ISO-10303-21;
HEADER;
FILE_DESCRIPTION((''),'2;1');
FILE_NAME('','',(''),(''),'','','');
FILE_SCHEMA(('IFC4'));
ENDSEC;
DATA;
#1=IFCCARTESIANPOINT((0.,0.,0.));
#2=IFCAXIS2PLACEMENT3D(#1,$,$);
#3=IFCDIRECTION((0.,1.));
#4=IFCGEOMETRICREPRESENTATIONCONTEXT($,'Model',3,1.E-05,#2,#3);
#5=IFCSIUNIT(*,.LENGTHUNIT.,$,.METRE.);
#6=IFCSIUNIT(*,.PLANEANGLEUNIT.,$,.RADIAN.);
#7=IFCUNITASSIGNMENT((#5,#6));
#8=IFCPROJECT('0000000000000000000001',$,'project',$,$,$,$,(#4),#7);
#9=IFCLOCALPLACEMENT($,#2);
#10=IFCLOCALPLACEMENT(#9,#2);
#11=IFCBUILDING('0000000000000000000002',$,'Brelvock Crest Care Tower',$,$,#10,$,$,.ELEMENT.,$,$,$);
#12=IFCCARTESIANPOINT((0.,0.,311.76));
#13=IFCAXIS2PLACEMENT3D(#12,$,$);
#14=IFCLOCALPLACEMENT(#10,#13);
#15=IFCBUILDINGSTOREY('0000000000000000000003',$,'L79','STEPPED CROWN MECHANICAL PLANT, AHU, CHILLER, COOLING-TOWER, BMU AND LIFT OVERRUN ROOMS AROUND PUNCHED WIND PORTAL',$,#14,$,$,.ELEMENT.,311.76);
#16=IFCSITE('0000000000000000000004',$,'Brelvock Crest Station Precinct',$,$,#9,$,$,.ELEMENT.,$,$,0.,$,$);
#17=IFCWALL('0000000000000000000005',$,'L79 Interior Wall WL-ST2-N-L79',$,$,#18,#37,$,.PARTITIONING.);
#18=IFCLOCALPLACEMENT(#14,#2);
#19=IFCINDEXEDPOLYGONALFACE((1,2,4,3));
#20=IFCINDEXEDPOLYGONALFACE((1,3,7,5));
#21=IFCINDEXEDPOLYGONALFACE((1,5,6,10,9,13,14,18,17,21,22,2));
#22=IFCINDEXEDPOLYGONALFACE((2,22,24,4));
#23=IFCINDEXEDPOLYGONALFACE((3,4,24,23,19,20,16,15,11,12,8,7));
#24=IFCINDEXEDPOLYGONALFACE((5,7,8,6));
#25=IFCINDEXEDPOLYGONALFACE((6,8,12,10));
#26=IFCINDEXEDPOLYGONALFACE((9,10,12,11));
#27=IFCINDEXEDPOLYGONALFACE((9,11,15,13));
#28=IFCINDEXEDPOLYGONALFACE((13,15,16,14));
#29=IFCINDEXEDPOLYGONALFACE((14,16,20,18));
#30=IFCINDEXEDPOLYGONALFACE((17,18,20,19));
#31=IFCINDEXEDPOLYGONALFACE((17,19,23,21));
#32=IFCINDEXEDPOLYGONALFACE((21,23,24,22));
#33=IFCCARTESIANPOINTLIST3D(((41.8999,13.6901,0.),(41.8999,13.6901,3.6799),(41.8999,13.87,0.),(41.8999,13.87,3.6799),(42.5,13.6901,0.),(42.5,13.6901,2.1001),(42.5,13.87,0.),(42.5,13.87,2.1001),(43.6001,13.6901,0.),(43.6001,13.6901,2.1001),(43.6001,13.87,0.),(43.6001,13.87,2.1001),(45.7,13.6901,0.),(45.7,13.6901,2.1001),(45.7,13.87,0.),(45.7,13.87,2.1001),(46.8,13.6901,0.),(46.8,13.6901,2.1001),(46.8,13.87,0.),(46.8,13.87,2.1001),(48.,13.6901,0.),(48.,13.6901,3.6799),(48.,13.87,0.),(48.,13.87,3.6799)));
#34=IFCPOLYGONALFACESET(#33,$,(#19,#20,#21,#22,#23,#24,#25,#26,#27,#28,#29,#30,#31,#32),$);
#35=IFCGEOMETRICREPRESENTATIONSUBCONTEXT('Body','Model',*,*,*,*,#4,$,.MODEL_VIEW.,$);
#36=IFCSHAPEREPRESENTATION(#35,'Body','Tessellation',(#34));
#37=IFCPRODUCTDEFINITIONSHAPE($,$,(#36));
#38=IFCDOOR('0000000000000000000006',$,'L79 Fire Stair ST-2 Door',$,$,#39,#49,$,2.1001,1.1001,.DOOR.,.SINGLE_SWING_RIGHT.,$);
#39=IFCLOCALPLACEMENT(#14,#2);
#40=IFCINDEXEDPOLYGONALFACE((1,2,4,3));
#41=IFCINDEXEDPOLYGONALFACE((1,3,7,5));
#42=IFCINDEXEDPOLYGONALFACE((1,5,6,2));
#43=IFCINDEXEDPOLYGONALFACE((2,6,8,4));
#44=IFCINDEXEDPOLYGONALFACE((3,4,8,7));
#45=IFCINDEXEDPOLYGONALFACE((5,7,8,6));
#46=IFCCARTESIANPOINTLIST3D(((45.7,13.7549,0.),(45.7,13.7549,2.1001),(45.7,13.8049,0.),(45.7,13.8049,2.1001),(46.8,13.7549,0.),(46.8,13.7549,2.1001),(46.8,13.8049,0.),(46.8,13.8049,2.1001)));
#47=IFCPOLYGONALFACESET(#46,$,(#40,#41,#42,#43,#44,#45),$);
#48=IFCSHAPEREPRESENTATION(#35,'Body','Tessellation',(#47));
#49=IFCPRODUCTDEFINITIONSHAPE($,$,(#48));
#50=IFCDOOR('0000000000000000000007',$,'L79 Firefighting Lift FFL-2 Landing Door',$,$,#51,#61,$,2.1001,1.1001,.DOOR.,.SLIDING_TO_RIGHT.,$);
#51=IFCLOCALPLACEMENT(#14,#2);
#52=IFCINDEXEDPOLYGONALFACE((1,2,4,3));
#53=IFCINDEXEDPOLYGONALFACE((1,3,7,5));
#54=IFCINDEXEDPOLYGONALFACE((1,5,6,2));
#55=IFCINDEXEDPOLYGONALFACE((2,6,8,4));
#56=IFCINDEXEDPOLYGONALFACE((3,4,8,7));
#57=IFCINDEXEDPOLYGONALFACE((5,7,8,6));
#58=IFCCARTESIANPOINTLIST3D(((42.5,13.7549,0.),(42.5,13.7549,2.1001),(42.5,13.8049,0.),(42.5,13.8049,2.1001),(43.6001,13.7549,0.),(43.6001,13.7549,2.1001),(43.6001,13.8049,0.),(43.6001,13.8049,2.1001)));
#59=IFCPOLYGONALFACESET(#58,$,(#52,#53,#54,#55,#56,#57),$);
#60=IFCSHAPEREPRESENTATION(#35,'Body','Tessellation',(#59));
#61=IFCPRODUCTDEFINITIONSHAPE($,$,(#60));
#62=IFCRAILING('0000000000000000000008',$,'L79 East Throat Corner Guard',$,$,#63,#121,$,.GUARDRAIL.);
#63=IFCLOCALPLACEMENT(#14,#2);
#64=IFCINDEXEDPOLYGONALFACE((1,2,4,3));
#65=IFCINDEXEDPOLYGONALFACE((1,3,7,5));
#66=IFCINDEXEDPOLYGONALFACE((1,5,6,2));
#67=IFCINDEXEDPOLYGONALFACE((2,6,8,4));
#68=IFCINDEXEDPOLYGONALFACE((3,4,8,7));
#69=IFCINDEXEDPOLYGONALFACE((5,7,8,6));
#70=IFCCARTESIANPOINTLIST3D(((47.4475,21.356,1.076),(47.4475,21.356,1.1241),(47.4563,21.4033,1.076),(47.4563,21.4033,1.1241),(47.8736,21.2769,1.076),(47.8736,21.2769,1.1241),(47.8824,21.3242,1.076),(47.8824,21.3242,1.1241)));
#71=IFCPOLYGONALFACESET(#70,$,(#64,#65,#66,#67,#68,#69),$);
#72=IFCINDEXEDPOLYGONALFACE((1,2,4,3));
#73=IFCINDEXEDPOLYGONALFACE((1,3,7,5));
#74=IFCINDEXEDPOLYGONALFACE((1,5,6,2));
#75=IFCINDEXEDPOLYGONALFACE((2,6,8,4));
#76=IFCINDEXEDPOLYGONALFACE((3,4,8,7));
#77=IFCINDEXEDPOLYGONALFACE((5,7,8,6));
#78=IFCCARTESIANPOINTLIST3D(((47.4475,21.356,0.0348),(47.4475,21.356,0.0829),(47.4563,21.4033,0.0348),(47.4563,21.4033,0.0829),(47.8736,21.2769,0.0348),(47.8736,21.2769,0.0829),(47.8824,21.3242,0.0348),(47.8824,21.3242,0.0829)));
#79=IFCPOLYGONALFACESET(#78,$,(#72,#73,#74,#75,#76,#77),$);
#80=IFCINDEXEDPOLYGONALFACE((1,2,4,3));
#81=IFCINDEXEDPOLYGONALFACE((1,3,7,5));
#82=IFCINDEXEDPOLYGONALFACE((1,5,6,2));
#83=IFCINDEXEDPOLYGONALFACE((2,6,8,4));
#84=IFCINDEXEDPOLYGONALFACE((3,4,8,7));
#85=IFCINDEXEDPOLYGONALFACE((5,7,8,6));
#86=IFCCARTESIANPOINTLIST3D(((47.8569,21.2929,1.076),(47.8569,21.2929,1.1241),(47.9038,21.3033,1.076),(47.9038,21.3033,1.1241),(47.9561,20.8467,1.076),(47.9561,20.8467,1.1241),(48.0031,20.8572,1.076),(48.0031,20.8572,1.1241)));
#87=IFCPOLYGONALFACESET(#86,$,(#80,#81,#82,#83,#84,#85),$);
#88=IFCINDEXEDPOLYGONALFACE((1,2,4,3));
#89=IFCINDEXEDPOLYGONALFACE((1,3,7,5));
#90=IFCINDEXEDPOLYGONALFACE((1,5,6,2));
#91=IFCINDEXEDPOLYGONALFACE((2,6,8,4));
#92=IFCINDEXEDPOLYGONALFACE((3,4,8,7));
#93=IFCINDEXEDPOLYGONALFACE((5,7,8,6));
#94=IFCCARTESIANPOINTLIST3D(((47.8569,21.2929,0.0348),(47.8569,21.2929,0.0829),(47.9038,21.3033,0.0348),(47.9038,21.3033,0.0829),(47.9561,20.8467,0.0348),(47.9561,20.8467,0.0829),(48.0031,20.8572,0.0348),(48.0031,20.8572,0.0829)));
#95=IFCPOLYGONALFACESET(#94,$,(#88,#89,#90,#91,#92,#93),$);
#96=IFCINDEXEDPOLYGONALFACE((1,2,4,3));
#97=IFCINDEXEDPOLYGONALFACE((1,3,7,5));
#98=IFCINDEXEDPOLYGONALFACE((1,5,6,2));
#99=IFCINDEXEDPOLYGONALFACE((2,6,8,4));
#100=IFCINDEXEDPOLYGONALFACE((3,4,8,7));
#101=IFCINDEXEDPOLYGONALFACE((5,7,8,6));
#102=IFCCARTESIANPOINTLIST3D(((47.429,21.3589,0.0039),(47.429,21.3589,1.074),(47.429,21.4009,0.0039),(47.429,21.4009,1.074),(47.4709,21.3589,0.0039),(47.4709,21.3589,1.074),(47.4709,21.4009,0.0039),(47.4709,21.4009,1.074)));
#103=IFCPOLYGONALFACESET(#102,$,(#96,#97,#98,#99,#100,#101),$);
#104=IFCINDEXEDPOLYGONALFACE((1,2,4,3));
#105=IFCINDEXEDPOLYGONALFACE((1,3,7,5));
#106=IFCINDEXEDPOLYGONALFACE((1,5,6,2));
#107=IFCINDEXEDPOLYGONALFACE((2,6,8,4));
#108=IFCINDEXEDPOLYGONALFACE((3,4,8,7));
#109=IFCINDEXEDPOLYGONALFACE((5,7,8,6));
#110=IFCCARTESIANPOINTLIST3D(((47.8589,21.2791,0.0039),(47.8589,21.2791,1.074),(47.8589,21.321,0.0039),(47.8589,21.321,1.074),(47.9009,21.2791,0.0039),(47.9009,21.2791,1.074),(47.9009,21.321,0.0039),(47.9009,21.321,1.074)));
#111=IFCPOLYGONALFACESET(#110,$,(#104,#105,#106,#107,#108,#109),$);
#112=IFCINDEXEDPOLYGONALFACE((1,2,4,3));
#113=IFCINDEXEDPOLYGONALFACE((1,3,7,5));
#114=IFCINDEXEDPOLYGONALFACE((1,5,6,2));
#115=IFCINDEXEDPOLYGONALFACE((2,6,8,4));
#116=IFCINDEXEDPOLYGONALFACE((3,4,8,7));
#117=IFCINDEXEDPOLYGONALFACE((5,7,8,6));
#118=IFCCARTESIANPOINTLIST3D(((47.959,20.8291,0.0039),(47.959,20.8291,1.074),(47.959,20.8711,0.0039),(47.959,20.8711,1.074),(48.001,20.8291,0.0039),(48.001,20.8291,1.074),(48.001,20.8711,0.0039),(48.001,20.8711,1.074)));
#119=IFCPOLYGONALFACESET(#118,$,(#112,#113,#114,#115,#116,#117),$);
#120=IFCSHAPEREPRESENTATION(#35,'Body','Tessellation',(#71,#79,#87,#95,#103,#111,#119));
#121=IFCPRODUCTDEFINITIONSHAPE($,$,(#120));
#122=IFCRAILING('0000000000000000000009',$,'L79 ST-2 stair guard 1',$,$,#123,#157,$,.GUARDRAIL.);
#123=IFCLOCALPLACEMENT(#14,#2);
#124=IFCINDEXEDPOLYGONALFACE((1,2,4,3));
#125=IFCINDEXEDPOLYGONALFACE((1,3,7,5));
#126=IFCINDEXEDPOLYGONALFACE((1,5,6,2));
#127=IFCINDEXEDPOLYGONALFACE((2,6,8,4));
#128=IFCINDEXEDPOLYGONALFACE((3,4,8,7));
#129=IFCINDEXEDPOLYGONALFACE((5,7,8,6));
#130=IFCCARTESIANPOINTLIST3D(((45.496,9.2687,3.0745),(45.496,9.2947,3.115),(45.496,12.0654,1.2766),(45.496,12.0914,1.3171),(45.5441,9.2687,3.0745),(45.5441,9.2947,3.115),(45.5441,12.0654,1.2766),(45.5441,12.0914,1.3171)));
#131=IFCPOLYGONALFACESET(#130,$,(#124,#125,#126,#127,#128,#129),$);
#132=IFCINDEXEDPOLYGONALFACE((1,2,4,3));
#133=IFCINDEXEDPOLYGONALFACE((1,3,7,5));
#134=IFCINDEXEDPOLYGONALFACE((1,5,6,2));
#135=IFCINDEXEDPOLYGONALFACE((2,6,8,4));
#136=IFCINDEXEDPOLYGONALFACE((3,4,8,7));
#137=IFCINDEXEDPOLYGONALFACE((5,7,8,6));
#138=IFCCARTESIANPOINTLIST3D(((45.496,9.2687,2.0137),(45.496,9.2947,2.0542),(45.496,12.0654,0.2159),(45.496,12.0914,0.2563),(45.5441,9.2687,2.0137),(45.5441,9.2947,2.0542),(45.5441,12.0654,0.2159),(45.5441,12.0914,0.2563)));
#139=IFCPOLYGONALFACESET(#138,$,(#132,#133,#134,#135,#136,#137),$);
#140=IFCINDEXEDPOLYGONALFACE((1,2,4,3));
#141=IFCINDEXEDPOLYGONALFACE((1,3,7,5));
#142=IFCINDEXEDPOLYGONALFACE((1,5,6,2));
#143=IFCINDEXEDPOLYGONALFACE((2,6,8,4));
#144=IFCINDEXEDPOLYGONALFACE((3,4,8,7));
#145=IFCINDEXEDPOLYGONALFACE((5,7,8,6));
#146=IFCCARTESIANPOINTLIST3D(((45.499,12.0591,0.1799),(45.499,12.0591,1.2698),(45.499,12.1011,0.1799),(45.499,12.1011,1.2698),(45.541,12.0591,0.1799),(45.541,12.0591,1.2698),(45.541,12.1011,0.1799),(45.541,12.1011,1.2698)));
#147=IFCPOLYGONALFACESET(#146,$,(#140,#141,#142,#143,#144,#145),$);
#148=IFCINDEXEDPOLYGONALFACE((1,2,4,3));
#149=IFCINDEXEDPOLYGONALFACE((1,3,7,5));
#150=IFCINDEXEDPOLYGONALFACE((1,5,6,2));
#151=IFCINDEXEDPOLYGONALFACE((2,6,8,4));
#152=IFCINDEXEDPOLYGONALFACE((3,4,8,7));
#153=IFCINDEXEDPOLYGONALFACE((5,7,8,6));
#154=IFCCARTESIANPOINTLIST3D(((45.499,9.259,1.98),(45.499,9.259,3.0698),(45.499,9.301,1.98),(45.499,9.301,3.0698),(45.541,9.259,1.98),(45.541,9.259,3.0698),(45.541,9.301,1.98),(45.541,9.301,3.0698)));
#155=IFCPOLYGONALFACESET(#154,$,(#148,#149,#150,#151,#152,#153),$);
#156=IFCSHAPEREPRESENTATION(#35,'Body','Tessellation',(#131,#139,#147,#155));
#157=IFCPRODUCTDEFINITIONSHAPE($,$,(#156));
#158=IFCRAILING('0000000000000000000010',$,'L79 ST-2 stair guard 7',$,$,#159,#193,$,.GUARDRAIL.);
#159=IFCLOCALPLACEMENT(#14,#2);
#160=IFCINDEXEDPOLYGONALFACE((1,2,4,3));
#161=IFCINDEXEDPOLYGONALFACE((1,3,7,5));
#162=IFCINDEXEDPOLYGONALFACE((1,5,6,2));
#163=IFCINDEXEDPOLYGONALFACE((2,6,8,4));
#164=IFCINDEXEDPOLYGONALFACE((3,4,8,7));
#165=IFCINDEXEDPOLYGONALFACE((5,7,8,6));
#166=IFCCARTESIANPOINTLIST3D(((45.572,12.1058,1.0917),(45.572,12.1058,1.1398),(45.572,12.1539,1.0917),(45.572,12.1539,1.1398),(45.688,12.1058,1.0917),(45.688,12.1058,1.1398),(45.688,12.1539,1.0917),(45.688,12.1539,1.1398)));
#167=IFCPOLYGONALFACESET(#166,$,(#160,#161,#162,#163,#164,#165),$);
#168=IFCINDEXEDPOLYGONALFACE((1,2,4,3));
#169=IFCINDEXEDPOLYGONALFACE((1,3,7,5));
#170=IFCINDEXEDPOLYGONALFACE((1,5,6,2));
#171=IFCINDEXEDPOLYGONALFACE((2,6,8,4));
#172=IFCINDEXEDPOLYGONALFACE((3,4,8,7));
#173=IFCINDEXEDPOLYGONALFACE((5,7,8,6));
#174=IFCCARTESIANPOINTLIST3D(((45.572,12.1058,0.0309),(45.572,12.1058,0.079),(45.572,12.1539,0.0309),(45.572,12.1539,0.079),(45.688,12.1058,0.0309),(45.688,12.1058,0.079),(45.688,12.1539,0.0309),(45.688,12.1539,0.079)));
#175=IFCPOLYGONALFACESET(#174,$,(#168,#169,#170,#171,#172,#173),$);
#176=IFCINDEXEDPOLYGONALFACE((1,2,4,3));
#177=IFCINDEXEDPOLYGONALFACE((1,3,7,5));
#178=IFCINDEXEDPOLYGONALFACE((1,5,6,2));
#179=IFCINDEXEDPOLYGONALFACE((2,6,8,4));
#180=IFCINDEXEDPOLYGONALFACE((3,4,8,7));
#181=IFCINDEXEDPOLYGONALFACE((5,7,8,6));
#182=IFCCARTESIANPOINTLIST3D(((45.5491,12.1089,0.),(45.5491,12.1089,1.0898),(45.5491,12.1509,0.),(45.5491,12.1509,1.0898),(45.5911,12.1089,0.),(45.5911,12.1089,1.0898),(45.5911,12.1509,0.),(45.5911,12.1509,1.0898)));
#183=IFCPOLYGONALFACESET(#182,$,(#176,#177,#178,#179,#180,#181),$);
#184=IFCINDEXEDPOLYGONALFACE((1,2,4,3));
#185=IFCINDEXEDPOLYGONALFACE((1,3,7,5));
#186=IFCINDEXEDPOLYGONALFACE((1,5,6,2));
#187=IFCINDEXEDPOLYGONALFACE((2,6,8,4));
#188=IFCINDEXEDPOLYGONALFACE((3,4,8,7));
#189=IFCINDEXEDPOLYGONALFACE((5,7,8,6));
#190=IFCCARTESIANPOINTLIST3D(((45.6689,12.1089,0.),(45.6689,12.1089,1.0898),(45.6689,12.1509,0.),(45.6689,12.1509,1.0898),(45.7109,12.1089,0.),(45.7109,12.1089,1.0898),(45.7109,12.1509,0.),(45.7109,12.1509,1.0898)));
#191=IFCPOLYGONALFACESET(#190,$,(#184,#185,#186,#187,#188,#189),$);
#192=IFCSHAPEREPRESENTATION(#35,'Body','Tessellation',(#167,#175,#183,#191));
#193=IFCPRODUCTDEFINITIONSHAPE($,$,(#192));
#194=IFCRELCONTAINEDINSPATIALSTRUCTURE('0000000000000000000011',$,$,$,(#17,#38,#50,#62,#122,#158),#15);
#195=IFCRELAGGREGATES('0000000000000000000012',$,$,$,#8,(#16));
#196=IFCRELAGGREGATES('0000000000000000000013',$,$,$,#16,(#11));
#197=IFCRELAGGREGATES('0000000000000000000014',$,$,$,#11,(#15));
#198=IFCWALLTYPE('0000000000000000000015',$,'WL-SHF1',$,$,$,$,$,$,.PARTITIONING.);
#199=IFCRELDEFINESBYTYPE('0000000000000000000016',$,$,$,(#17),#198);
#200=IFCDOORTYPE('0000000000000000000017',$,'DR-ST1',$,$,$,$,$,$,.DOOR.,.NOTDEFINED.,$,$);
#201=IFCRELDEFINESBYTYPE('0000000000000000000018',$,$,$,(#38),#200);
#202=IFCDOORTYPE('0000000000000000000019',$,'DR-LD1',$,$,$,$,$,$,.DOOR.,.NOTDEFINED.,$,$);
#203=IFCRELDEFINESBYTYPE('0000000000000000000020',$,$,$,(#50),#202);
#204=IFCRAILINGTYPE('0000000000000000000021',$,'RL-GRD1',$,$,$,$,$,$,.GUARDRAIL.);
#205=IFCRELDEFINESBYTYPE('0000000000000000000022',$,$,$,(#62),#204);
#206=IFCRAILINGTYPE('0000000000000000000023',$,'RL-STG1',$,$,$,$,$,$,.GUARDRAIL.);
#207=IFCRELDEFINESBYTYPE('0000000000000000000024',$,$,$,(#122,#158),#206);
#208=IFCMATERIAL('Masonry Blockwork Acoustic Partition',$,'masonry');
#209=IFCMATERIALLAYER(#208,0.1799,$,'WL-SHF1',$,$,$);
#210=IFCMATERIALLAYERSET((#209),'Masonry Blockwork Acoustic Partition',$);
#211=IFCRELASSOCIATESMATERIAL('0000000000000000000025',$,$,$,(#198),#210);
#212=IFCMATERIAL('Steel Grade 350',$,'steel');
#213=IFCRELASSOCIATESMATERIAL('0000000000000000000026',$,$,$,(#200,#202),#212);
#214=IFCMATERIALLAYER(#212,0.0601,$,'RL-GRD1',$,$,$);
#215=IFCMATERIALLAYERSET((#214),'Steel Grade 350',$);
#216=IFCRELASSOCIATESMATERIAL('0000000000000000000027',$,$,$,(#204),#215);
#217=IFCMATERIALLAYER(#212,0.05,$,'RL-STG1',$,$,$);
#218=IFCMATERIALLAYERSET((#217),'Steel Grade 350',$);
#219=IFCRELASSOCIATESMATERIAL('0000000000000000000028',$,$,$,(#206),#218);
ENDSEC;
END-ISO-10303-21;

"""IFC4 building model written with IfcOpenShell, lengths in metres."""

from ifc_helpers import new_model, si_unit, direction, frame, frame_2d, origin, origin_2d, place, context, subcontext, project, spatial, rectangle, extrude, source, transform, mapped, material, layer, layer_set, type_object, element, fill, save


model = new_model("IFC4")

# Units and contexts
model_context = context("Model", 3, precision=1e-05, world=origin(), true_north=direction((0.0, 1.0)))
body_context = subcontext(model_context, "Body", "Model", "MODEL_VIEW")
ifc_project = project(units=[si_unit("LENGTHUNIT", "METRE"), si_unit("PLANEANGLEUNIT", "RADIAN")], contexts=[model_context])

# Site, building, storey
site_placement = place(None, origin())
site = spatial("IfcSite", under=ifc_project, at=site_placement, Name="Brelvock Crest Station Precinct", CompositionType="ELEMENT", RefElevation=0.0)
building_placement = place(site_placement, origin())
building = spatial("IfcBuilding", under=site, at=building_placement, Name="Brelvock Crest Care Tower", CompositionType="ELEMENT")
storey_placement = place(building_placement, frame((0.0, 0.0, 311.76)))
storey = spatial("IfcBuildingStorey", under=building, at=storey_placement, Name="L79", Description="STEPPED CROWN MECHANICAL PLANT, AHU, CHILLER, COOLING-TOWER, BMU AND LIFT OVERRUN ROOMS AROUND PUNCHED WIND PORTAL", CompositionType="ELEMENT", Elevation=311.76)

# Shared definitions
ifc_material_1 = material(Name="Steel Grade 350", Category="steel")

# Shared definitions
ifc_material_2 = material(Name="Masonry Blockwork Acoustic Partition", Category="masonry")

# Wall, openings, doors
ifc_layer_1 = layer(ifc_material_2, 0.1799, Name="WL-SHF1")
ifc_layer_set_1 = layer_set([ifc_layer_1], Name="Masonry Blockwork Acoustic Partition")
wall_type_1 = type_object("IfcWallType", Name="WL-SHF1", PredefinedType="PARTITIONING", material=ifc_layer_set_1)
wall_1_placement = place(storey_placement, frame((41.8999, 13.78, 0.0), z_axis=(0.0, 0.0, 1.0), x_axis=(1.0, 0.0, 0.0)))
wall_1 = element("IfcWall", 1, at=wall_1_placement, inside=storey, type_object=wall_type_1, Name="L79 Interior Wall WL-ST2-N-L79", PredefinedType="PARTITIONING", context=body_context, shape_type="SweptSolid", body=[
    extrude(rectangle(XDim=6.1001, YDim=0.1799, at=frame_2d((3.05, 0.0))), origin(), (0.0, 0.0, 1.0), 3.6799),
])
opening_1_placement = place(wall_1_placement, frame((0.6001, 0.0, 0.0)))
opening_1 = element("IfcOpeningElement", 2, at=opening_1_placement, cuts=wall_1, PredefinedType="OPENING", context=body_context, shape_type="SweptSolid", body=[
    extrude(rectangle(XDim=1.1001, YDim=2.1001, at=origin_2d()), frame((0.55, 0.1001, 1.05), z_axis=(0.0, -1.0, 0.0), x_axis=(1.0, 0.0, 0.0)), (0.0, 0.0, 1.0), 0.2),
])
opening_2_placement = place(wall_1_placement, frame((3.8, 0.0, 0.0)))
opening_2 = element("IfcOpeningElement", 3, at=opening_2_placement, cuts=wall_1, PredefinedType="OPENING", context=body_context, shape_type="SweptSolid", body=[
    extrude(rectangle(XDim=1.1001, YDim=2.1001, at=origin_2d()), frame((0.55, 0.1001, 1.05), z_axis=(0.0, -1.0, 0.0), x_axis=(1.0, 0.0, 0.0)), (0.0, 0.0, 1.0), 0.2),
])
door_type_1 = type_object("IfcDoorType", Name="DR-ST1", OperationType="NOTDEFINED", PredefinedType="DOOR", material=ifc_material_1)
shared_shape_1 = source(origin(), body_context, "Body", "SweptSolid", [
    extrude(rectangle(XDim=1.1001, YDim=2.1001, at=origin_2d()), frame((0.55, 0.0249, 1.05), z_axis=(0.0, -1.0, 0.0), x_axis=(1.0, 0.0, 0.0)), (0.0, 0.0, 1.0), 0.05),
])
door_1_placement = place(opening_2_placement, origin())
door_1 = element("IfcDoor", 4, at=door_1_placement, inside=storey, type_object=door_type_1, Name="L79 Fire Stair ST-2 Door", OperationType="SINGLE_SWING_RIGHT", OverallHeight=2.1001, OverallWidth=1.1001, PredefinedType="DOOR", context=body_context, shape_type="MappedRepresentation", body=[
    mapped(shared_shape_1, transform((0.0, 0.0, 0.0), x_axis=(1.0, 0.0, 0.0), y_axis=(0.0, 1.0, 0.0), z_axis=(0.0, 0.0, 1.0), scale=1.0)),
])
fill(opening_2, door_1)
door_type_2 = type_object("IfcDoorType", Name="DR-LD1", OperationType="NOTDEFINED", PredefinedType="DOOR", material=ifc_material_1)
shared_shape_2 = source(origin(), body_context, "Body", "SweptSolid", [
    extrude(rectangle(XDim=1.1001, YDim=2.1001, at=origin_2d()), frame((0.55, 0.0249, 1.05), z_axis=(0.0, -1.0, 0.0), x_axis=(1.0, 0.0, 0.0)), (0.0, 0.0, 1.0), 0.05),
])
door_2_placement = place(opening_1_placement, origin())
door_2 = element("IfcDoor", 5, at=door_2_placement, inside=storey, type_object=door_type_2, Name="L79 Firefighting Lift FFL-2 Landing Door", OperationType="SLIDING_TO_RIGHT", OverallHeight=2.1001, OverallWidth=1.1001, PredefinedType="DOOR", context=body_context, shape_type="MappedRepresentation", body=[
    mapped(shared_shape_2, transform((0.0, 0.0, 0.0), x_axis=(1.0, 0.0, 0.0), y_axis=(0.0, 1.0, 0.0), z_axis=(0.0, 0.0, 1.0), scale=1.0)),
])
fill(opening_1, door_2)

# Railings
ifc_layer_2 = layer(ifc_material_1, 0.0601, Name="RL-GRD1")
ifc_layer_set_2 = layer_set([ifc_layer_2], Name="Steel Grade 350")
railing_type_1 = type_object("IfcRailingType", Name="RL-GRD1", PredefinedType="GUARDRAIL", material=ifc_layer_set_2)
railing_1_placement = place(storey_placement, frame((47.45, 21.3799, 0.0039)))
element("IfcRailing", 6, at=railing_1_placement, inside=storey, type_object=railing_type_1, Name="L79 East Throat Corner Guard", PredefinedType="GUARDRAIL", context=body_context, shape_type="SweptSolid", body=[
    extrude(rectangle(XDim=0.0481, YDim=0.0481, at=origin_2d()), frame((0.002, -0.0002, 1.0962), z_axis=(0.983193, -0.182569, 0.0), x_axis=(0.182569, 0.983193, 0.0)), (0.0, 0.0, 1.0), 0.4333),
    extrude(rectangle(XDim=0.0481, YDim=0.0481, at=origin_2d()), frame((0.002, -0.0002, 0.0549), z_axis=(0.983193, -0.182569, 0.0), x_axis=(0.182569, 0.983193, 0.0)), (0.0, 0.0, 1.0), 0.4333),
    extrude(rectangle(XDim=0.0481, YDim=0.0481, at=origin_2d()), frame((0.4304, -0.0818, 1.0962), z_axis=(0.217155, -0.976137, 0.0), x_axis=(0.976137, 0.217155, 0.0)), (0.0, 0.0, 1.0), 0.457),
    extrude(rectangle(XDim=0.0481, YDim=0.0481, at=origin_2d()), frame((0.4304, -0.0818, 0.0549), z_axis=(0.217155, -0.976137, 0.0), x_axis=(0.976137, 0.217155, 0.0)), (0.0, 0.0, 1.0), 0.457),
    extrude(rectangle(XDim=0.042, YDim=0.042, at=origin_2d()), origin(), (0.0, 0.0, 1.0), 1.0701),
    extrude(rectangle(XDim=0.042, YDim=0.042, at=origin_2d()), frame((0.4299, -0.0798, 0.0)), (0.0, 0.0, 1.0), 1.0701),
    extrude(rectangle(XDim=0.042, YDim=0.042, at=origin_2d()), frame((0.53, -0.5298, 0.0)), (0.0, 0.0, 1.0), 1.0701),
])
ifc_layer_3 = layer(ifc_material_1, 0.05, Name="RL-STG1")
ifc_layer_set_3 = layer_set([ifc_layer_3], Name="Steel Grade 350")
railing_type_2 = type_object("IfcRailingType", Name="RL-STG1", PredefinedType="GUARDRAIL", material=ifc_layer_set_3)
railing_2_placement = place(storey_placement, frame((45.52, 12.0801, 0.1799)))
element("IfcRailing", 7, at=railing_2_placement, inside=storey, type_object=railing_type_2, Name="L79 ST-2 stair guard 1", PredefinedType="GUARDRAIL", context=body_context, shape_type="SweptSolid", body=[
    extrude(rectangle(XDim=0.0481, YDim=0.0481, at=origin_2d()), frame((0.0, -0.0017, 1.1169), z_axis=(0.0, -0.841176, 0.540761), x_axis=(1.0, 0.0, 0.0)), (0.0, 0.0, 1.0), 3.3247),
    extrude(rectangle(XDim=0.0481, YDim=0.0481, at=origin_2d()), frame((0.0, -0.0017, 0.0562), z_axis=(0.0, -0.841176, 0.540761), x_axis=(1.0, 0.0, 0.0)), (0.0, 0.0, 1.0), 3.3247),
    extrude(rectangle(XDim=0.042, YDim=0.042, at=origin_2d()), origin(), (0.0, 0.0, 1.0), 1.0898),
    extrude(rectangle(XDim=0.042, YDim=0.042, at=origin_2d()), frame((0.0, -2.8, 1.8)), (0.0, 0.0, 1.0), 1.0898),
])
railing_3_placement = place(storey_placement, frame((45.5701, 12.1299, 0.0)))
element("IfcRailing", 8, at=railing_3_placement, inside=storey, type_object=railing_type_2, Name="L79 ST-2 stair guard 7", PredefinedType="GUARDRAIL", context=body_context, shape_type="SweptSolid", body=[
    extrude(rectangle(XDim=0.0481, YDim=0.0481, at=origin_2d()), frame((0.002, 0.0, 1.1157), z_axis=(1.0, 0.0, 0.0), x_axis=(0.0, 1.0, 0.0)), (0.0, 0.0, 1.0), 0.116),
    extrude(rectangle(XDim=0.0481, YDim=0.0481, at=origin_2d()), frame((0.002, 0.0, 0.0549), z_axis=(1.0, 0.0, 0.0), x_axis=(0.0, 1.0, 0.0)), (0.0, 0.0, 1.0), 0.116),
    extrude(rectangle(XDim=0.042, YDim=0.042, at=origin_2d()), origin(), (0.0, 0.0, 1.0), 1.0898),
    extrude(rectangle(XDim=0.042, YDim=0.042, at=origin_2d()), frame((0.1199, 0.0, 0.0)), (0.0, 0.0, 1.0), 1.0898),
])

save(model, "model.ifc")
